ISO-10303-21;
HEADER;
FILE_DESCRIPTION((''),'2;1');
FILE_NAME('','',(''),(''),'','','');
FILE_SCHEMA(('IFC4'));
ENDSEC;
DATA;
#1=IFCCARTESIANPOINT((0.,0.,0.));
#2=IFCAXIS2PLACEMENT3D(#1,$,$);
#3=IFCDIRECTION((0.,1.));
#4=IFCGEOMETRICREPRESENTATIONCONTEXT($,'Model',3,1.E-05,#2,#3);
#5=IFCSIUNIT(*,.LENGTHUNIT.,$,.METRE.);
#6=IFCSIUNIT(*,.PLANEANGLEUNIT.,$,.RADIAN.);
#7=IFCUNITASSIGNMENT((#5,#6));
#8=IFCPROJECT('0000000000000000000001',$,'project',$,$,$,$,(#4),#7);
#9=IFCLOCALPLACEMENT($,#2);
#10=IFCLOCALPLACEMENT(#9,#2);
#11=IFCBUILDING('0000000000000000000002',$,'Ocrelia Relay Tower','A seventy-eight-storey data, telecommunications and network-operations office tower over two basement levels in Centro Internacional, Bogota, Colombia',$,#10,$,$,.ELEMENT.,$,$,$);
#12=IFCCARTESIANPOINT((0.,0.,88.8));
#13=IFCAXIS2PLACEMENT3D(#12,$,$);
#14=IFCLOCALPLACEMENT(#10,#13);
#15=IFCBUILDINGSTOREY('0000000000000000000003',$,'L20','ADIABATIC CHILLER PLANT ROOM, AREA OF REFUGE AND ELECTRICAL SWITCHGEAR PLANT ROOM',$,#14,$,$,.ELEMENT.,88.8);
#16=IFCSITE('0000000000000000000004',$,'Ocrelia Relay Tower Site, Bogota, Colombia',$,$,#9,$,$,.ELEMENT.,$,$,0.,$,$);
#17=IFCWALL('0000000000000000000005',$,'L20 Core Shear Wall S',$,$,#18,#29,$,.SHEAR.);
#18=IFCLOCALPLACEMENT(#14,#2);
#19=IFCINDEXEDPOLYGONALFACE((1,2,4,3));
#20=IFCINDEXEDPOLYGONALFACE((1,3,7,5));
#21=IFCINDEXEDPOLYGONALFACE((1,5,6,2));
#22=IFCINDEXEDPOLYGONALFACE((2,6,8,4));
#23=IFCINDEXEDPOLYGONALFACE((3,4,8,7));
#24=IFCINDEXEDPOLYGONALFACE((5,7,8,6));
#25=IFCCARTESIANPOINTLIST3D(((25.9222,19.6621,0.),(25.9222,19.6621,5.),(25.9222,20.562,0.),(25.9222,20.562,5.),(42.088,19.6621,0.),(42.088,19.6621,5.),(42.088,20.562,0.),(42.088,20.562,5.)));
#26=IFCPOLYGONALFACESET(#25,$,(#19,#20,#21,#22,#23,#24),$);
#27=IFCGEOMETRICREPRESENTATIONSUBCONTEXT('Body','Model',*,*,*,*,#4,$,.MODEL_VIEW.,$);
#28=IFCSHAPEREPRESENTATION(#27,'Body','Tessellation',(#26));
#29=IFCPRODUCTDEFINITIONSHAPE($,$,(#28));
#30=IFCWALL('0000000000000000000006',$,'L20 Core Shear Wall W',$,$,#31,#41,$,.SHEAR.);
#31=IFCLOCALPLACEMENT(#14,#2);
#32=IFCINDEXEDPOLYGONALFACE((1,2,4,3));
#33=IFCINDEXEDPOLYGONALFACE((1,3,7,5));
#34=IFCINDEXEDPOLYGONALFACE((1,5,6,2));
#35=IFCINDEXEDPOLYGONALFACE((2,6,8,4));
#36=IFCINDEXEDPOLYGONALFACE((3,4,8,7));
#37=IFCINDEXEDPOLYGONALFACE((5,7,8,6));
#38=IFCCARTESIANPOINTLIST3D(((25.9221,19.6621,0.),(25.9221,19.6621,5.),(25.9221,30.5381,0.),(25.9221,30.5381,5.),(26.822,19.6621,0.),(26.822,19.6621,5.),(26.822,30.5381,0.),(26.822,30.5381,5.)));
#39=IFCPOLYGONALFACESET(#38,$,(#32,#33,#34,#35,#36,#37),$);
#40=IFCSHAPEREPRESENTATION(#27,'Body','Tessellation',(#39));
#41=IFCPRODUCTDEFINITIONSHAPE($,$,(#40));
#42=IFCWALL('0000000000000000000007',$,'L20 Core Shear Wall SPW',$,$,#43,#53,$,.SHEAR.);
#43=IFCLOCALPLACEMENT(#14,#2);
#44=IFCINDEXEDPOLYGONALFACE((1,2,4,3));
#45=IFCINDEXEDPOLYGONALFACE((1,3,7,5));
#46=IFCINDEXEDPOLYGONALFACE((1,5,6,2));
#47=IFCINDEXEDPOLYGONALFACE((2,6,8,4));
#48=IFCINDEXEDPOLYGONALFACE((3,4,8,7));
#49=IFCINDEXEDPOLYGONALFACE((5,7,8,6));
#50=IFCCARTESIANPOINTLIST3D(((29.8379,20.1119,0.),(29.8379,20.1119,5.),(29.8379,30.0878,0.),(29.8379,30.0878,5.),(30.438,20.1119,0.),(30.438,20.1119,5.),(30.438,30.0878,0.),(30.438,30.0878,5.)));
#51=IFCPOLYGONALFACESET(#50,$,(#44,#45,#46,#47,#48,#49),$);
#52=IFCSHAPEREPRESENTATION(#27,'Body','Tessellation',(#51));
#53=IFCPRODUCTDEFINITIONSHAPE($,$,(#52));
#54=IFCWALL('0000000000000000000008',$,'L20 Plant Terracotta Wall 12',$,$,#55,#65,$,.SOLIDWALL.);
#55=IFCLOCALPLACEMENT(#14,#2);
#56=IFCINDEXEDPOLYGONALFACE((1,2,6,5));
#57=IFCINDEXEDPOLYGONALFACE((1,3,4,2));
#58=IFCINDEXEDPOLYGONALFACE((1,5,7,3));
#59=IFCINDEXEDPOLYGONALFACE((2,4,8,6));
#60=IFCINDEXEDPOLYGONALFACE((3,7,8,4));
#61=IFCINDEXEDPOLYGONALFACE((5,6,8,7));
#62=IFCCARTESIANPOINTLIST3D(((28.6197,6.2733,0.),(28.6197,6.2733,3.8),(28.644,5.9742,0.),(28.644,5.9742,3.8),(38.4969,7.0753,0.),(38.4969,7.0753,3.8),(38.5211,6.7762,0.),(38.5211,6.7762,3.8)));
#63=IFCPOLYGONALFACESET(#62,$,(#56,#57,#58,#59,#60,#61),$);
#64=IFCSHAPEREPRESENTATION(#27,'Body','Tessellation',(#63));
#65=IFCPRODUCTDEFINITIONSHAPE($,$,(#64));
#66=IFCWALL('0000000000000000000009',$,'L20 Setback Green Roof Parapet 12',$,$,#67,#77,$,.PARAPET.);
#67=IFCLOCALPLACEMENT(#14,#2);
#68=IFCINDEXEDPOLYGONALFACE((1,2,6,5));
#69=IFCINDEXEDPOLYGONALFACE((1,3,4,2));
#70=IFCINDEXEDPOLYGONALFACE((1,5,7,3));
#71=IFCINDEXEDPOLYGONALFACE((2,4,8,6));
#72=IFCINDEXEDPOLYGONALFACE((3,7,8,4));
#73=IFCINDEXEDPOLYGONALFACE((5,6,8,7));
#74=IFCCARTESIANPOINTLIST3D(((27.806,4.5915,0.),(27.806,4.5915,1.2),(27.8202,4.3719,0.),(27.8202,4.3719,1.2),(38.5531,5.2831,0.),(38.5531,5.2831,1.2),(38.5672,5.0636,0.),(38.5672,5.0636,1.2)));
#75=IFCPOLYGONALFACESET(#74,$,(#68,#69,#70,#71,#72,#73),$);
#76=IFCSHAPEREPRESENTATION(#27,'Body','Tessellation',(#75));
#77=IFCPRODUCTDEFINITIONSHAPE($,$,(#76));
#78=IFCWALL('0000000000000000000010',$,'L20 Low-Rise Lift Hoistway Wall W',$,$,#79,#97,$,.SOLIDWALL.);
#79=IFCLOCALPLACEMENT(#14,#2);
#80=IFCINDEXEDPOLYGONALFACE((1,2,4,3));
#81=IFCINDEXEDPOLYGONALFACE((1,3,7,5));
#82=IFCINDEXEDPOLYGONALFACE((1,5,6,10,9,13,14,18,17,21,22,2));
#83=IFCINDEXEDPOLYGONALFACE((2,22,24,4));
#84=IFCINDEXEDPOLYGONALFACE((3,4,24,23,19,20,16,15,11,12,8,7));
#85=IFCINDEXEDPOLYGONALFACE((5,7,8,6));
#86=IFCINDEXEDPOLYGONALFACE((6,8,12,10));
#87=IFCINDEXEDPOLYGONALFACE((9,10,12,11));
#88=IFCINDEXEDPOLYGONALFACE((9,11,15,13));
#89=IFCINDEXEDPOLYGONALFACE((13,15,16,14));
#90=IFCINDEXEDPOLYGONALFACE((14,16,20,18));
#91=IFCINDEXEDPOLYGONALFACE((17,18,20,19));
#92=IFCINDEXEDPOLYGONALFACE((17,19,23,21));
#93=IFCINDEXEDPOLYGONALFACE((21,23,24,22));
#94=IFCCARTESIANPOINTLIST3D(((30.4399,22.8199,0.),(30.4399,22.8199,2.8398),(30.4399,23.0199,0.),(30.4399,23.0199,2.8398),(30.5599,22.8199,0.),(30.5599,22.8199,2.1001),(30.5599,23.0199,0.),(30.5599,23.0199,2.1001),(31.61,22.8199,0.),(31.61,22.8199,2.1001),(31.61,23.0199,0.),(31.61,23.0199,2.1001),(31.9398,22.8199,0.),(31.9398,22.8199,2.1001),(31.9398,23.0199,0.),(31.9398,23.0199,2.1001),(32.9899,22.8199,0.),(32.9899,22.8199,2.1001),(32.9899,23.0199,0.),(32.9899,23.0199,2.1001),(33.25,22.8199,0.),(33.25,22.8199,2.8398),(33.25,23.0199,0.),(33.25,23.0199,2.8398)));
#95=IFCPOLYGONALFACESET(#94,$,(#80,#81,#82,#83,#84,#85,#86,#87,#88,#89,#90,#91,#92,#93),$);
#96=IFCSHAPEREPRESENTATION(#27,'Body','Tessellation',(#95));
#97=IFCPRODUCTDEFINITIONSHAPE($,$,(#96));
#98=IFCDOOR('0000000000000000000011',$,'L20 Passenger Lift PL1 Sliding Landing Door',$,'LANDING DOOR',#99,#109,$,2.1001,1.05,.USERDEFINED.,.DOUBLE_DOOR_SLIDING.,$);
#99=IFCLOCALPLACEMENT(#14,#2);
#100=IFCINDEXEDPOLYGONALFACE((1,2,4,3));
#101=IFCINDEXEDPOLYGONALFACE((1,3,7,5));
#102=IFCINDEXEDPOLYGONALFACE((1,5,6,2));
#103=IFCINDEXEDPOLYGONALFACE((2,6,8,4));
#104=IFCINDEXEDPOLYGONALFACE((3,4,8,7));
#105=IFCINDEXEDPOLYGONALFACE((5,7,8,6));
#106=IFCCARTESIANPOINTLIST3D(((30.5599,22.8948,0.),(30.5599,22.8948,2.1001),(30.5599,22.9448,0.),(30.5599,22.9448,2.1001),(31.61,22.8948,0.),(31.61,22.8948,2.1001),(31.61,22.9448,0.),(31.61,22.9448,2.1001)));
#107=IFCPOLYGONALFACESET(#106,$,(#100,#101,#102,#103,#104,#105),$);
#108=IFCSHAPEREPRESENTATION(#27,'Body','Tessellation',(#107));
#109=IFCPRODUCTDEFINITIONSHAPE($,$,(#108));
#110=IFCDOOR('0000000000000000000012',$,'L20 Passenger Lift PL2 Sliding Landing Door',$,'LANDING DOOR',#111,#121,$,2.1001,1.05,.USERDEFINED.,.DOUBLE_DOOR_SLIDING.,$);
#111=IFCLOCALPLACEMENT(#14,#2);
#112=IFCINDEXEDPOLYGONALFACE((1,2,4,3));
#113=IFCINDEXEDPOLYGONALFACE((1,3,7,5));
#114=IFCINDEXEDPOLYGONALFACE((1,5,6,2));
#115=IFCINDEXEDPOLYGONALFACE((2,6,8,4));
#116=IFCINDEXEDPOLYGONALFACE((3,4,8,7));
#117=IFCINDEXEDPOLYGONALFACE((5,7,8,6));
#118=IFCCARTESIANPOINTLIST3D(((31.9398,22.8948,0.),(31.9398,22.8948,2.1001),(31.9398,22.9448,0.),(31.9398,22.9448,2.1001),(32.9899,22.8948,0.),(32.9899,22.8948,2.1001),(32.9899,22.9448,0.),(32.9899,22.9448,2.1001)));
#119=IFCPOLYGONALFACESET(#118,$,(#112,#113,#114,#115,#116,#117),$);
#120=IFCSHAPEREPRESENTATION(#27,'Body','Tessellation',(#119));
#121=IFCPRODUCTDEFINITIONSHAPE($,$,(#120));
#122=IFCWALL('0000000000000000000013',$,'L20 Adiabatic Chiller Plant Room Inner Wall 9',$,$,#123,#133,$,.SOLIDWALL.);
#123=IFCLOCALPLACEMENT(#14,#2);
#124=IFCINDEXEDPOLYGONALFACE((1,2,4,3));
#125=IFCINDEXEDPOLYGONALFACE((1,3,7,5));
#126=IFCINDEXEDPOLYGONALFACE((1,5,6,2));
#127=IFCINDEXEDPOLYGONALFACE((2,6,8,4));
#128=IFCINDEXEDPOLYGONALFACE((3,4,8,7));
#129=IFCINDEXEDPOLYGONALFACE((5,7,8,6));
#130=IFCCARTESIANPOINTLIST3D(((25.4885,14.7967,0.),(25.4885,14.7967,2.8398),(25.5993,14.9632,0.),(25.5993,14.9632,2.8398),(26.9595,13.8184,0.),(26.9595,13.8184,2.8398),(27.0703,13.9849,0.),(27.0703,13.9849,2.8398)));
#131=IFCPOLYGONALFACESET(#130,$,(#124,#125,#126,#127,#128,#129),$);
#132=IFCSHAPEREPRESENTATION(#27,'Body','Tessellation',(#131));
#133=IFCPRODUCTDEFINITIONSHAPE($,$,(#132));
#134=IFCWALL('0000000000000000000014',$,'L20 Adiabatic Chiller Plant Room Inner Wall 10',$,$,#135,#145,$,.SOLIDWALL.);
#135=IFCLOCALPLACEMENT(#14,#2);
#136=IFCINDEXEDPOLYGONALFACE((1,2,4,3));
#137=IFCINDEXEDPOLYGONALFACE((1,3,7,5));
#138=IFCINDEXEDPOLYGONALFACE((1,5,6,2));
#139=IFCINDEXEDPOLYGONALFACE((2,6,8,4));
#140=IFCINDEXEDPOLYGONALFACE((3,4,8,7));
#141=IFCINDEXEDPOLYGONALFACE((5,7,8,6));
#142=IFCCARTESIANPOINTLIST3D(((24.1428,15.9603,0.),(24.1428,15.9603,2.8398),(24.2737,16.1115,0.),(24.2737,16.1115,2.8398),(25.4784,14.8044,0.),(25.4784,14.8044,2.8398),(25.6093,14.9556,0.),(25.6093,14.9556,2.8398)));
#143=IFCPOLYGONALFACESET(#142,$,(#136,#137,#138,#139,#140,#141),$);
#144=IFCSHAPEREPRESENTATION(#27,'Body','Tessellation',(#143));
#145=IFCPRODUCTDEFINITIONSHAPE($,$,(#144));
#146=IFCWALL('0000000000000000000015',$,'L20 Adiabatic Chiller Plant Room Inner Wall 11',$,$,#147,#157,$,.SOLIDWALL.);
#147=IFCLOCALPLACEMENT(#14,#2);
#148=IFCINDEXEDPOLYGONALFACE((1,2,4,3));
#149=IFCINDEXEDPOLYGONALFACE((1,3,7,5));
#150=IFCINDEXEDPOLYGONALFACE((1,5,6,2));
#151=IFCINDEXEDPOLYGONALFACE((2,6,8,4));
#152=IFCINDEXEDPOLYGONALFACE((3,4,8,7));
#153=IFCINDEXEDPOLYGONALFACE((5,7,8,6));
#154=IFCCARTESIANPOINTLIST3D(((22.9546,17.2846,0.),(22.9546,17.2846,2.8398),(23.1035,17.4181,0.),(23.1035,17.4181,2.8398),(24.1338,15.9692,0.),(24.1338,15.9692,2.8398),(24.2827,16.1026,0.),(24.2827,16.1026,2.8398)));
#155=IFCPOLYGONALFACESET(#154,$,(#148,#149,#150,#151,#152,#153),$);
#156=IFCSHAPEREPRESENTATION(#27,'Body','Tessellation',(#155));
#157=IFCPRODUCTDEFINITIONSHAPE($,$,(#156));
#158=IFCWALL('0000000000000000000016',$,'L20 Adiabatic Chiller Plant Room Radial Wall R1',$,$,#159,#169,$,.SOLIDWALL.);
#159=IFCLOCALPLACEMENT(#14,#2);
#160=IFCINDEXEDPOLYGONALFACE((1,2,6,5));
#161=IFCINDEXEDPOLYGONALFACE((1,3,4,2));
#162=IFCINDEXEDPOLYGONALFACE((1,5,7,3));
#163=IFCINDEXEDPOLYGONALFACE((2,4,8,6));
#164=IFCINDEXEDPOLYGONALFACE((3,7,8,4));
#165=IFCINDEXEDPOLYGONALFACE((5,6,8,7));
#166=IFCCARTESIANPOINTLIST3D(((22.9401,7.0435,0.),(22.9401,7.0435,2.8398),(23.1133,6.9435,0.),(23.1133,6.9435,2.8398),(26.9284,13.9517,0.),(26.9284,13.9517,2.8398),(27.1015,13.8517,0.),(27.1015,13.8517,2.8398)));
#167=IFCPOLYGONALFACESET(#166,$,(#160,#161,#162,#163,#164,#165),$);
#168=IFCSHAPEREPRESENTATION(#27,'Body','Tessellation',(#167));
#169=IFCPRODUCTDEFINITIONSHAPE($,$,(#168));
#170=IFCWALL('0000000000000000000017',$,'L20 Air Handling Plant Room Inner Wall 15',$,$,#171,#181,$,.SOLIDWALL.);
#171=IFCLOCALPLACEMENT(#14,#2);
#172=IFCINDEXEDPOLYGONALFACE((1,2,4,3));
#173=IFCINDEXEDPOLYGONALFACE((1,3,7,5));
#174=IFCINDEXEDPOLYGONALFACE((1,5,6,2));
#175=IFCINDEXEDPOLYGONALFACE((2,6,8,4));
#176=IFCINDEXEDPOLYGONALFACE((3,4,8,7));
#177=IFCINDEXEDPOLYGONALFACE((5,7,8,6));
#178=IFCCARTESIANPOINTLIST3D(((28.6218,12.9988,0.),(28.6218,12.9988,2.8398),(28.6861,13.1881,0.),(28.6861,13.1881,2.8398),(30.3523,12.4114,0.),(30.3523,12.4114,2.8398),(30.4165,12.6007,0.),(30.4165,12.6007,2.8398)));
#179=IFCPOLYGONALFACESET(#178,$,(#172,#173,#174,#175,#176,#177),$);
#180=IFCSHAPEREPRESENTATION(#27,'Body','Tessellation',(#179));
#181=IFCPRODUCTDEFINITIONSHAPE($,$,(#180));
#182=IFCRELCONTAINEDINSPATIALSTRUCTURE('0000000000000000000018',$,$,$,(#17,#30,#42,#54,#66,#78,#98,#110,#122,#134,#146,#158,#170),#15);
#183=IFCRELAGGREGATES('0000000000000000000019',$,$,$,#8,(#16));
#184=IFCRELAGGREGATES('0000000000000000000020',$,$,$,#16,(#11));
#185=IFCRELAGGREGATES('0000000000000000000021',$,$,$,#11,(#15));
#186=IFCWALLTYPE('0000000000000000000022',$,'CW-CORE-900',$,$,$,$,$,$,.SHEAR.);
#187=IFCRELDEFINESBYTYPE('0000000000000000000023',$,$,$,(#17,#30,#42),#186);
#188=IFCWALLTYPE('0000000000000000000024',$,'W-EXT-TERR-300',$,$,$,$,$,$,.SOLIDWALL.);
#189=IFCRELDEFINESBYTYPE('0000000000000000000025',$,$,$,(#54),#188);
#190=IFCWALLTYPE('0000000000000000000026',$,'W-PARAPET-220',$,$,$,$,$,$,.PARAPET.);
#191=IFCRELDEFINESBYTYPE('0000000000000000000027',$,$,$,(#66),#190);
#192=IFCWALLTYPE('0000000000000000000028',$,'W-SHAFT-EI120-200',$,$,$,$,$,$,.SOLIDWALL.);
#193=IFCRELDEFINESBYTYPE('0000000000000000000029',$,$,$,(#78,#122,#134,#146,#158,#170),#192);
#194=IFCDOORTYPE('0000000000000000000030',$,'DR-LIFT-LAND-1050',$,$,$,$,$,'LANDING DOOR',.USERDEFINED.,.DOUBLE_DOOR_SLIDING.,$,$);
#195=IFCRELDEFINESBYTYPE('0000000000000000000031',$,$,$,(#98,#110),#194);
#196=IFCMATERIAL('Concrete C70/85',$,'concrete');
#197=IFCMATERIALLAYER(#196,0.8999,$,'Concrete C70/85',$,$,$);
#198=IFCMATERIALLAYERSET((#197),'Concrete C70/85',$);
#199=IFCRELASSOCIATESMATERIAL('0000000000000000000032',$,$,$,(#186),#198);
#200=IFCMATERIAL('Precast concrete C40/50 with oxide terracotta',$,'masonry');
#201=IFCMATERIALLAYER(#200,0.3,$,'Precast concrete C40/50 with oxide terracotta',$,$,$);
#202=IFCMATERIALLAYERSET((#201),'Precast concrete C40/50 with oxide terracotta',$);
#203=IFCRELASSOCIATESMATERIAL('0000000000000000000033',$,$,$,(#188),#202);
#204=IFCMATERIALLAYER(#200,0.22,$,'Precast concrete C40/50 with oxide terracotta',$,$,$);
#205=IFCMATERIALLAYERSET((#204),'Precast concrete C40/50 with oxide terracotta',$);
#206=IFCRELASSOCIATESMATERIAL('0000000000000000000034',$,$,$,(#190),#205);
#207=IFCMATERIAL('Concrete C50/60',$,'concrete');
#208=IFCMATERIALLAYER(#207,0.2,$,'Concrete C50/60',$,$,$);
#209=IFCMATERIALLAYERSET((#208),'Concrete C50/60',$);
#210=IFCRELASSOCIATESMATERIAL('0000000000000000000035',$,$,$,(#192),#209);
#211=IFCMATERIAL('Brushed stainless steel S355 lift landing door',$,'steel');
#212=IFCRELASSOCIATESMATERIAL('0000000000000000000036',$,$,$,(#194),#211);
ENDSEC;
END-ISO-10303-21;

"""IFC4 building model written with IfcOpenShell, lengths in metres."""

from ifc_helpers import new_model, si_unit, direction, frame, frame_2d, origin, place, context, subcontext, project, spatial, rectangle, extrude, material, layer, layer_set, type_object, element, fill, save


model = new_model("IFC4")

# Units and contexts
model_context = context("Model", 3, precision=1e-05, world=origin(), true_north=direction((0.0, 1.0)))
body_context = subcontext(model_context, "Body", "Model", "MODEL_VIEW")
ifc_project = project(units=[si_unit("LENGTHUNIT", "METRE"), si_unit("PLANEANGLEUNIT", "RADIAN")], contexts=[model_context])

# Site, building, storey
site_placement = place(None, origin())
site = spatial("IfcSite", under=ifc_project, at=site_placement, Name="Ocrelia Relay Tower Site, Bogota, Colombia", CompositionType="ELEMENT", RefElevation=0.0)
building_placement = place(site_placement, origin())
building = spatial("IfcBuilding", under=site, at=building_placement, Name="Ocrelia Relay Tower", Description="A seventy-eight-storey data, telecommunications and network-operations office tower over two basement levels in Centro Internacional, Bogota, Colombia", CompositionType="ELEMENT")
storey_placement = place(building_placement, frame((0.0, 0.0, 88.8)))
storey = spatial("IfcBuildingStorey", under=building, at=storey_placement, Name="L20", Description="ADIABATIC CHILLER PLANT ROOM, AREA OF REFUGE AND ELECTRICAL SWITCHGEAR PLANT ROOM", CompositionType="ELEMENT", Elevation=88.8)

# Shared definitions
ifc_material_1 = material(Name="Concrete C70/85", Category="concrete")

# Walls
ifc_layer_1 = layer(ifc_material_1, 0.8999, Name="Concrete C70/85")
ifc_layer_set_1 = layer_set([ifc_layer_1], Name="Concrete C70/85")
wall_type_1 = type_object("IfcWallType", Name="CW-CORE-900", PredefinedType="SHEAR", material=ifc_layer_set_1)
wall_1_placement = place(storey_placement, frame((25.9221, 20.1121, 0.0), z_axis=(0.0, 0.0, 1.0), x_axis=(1.0, 0.0, 0.0)))
element("IfcWall", 1, at=wall_1_placement, inside=storey, type_object=wall_type_1, Name="L20 Core Shear Wall S", PredefinedType="SHEAR", context=body_context, shape_type="SweptSolid", body=[
    extrude(rectangle(XDim=16.1658, YDim=0.8999, at=frame_2d((8.083, 0.0))), origin(), (0.0, 0.0, 1.0), 5.0),
])
wall_2_placement = place(storey_placement, frame((26.3721, 19.6621, 0.0), z_axis=(0.0, 0.0, 1.0), x_axis=(0.0, 1.0, 0.0)))
element("IfcWall", 2, at=wall_2_placement, inside=storey, type_object=wall_type_1, Name="L20 Core Shear Wall W", PredefinedType="SHEAR", context=body_context, shape_type="SweptSolid", body=[
    extrude(rectangle(XDim=10.876, YDim=0.8999, at=frame_2d((5.438, 0.0))), origin(), (0.0, 0.0, 1.0), 5.0),
])
wall_3_placement = place(storey_placement, frame((30.1379, 20.1121, 0.0), z_axis=(0.0, 0.0, 1.0), x_axis=(0.0, 1.0, 0.0)))
element("IfcWall", 3, at=wall_3_placement, inside=storey, type_object=wall_type_1, Name="L20 Core Shear Wall SPW", PredefinedType="SHEAR", context=body_context, shape_type="SweptSolid", body=[
    extrude(rectangle(XDim=9.9758, YDim=0.6001, at=frame_2d((4.9878, 0.0))), origin(), (0.0, 0.0, 1.0), 5.0),
])
ifc_material_2 = material(Name="Precast concrete C40/50 with oxide terracotta", Category="masonry")
ifc_layer_2 = layer(ifc_material_2, 0.3, Name="Precast concrete C40/50 with oxide terracotta")
ifc_layer_set_2 = layer_set([ifc_layer_2], Name="Precast concrete C40/50 with oxide terracotta")
wall_type_2 = type_object("IfcWallType", Name="W-EXT-TERR-300", PredefinedType="SOLIDWALL", material=ifc_layer_set_2)
wall_4_placement = place(storey_placement, frame((28.6318, 6.1238, 0.0), z_axis=(0.0, 0.0, 1.0), x_axis=(0.99672, 0.080931, 0.0)))
element("IfcWall", 4, at=wall_4_placement, inside=storey, type_object=wall_type_2, Name="L20 Plant Terracotta Wall 12", PredefinedType="SOLIDWALL", context=body_context, shape_type="SweptSolid", body=[
    extrude(rectangle(XDim=9.9097, YDim=0.3, at=frame_2d((4.9548, 0.0))), origin(), (0.0, 0.0, 1.0), 3.8),
])
ifc_layer_3 = layer(ifc_material_2, 0.22, Name="Precast concrete C40/50 with oxide terracotta")
ifc_layer_set_3 = layer_set([ifc_layer_3], Name="Precast concrete C40/50 with oxide terracotta")
wall_type_3 = type_object("IfcWallType", Name="W-PARAPET-220", PredefinedType="PARAPET", material=ifc_layer_set_3)
wall_5_placement = place(storey_placement, frame((27.813, 4.4817, 0.0), z_axis=(0.0, 0.0, 1.0), x_axis=(0.997935, 0.064224, 0.0)))
element("IfcWall", 5, at=wall_5_placement, inside=storey, type_object=wall_type_3, Name="L20 Setback Green Roof Parapet 12", PredefinedType="PARAPET", context=body_context, shape_type="SweptSolid", body=[
    extrude(rectangle(XDim=10.7693, YDim=0.22, at=frame_2d((5.3848, 0.0))), origin(), (0.0, 0.0, 1.0), 1.2),
])

# Wall, openings, doors
ifc_material_3 = material(Name="Concrete C50/60", Category="concrete")
ifc_layer_4 = layer(ifc_material_3, 0.2, Name="Concrete C50/60")
ifc_layer_set_4 = layer_set([ifc_layer_4], Name="Concrete C50/60")
wall_type_4 = type_object("IfcWallType", Name="W-SHAFT-EI120-200", PredefinedType="SOLIDWALL", material=ifc_layer_set_4)
wall_6_placement = place(storey_placement, frame((30.4399, 22.9199, 0.0), z_axis=(0.0, 0.0, 1.0), x_axis=(1.0, 0.0, 0.0)))
wall_6 = element("IfcWall", 6, at=wall_6_placement, inside=storey, type_object=wall_type_4, Name="L20 Low-Rise Lift Hoistway Wall W", PredefinedType="SOLIDWALL", context=body_context, shape_type="SweptSolid", body=[
    extrude(rectangle(XDim=2.8101, YDim=0.2, at=frame_2d((1.405, 0.0))), origin(), (0.0, 0.0, 1.0), 2.8398),
])
opening_1_placement = place(wall_6_placement, frame((0.1201, 0.0, 0.0)))
opening_1 = element("IfcOpeningElement", 7, at=opening_1_placement, cuts=wall_6, PredefinedType="OPENING", context=body_context, shape_type="SweptSolid", body=[
    extrude(rectangle(XDim=1.05, YDim=2.1001, at=frame_2d((0.5249, 1.05))), frame((0.0, 0.1099, 0.0), z_axis=(0.0, -1.0, 0.0), x_axis=(1.0, 0.0, 0.0)), (0.0, 0.0, 1.0), 0.22),
])
opening_2_placement = place(wall_6_placement, frame((1.5, 0.0, 0.0)))
opening_2 = element("IfcOpeningElement", 8, at=opening_2_placement, cuts=wall_6, PredefinedType="OPENING", context=body_context, shape_type="SweptSolid", body=[
    extrude(rectangle(XDim=1.05, YDim=2.1001, at=frame_2d((0.5249, 1.05))), frame((0.0, 0.1099, 0.0), z_axis=(0.0, -1.0, 0.0), x_axis=(1.0, 0.0, 0.0)), (0.0, 0.0, 1.0), 0.22),
])
ifc_material_4 = material(Name="Brushed stainless steel S355 lift landing door", Category="steel")
door_type = type_object("IfcDoorType", Name="DR-LIFT-LAND-1050", ElementType="LANDING DOOR", OperationType="DOUBLE_DOOR_SLIDING", PredefinedType="USERDEFINED", material=ifc_material_4)
door_1_placement = place(opening_1_placement, origin())
door_1 = element("IfcDoor", 9, at=door_1_placement, inside=storey, type_object=door_type, Name="L20 Passenger Lift PL1 Sliding Landing Door", ObjectType="LANDING DOOR", OperationType="DOUBLE_DOOR_SLIDING", OverallHeight=2.1001, OverallWidth=1.05, PredefinedType="USERDEFINED", context=body_context, shape_type="SweptSolid", body=[
    extrude(rectangle(XDim=1.05, YDim=2.1001, at=frame_2d((0.5249, 1.05))), frame((0.0, 0.0249, 0.0), z_axis=(0.0, -1.0, 0.0), x_axis=(1.0, 0.0, 0.0)), (0.0, 0.0, 1.0), 0.05),
])
fill(opening_1, door_1)
door_2_placement = place(opening_2_placement, origin())
door_2 = element("IfcDoor", 10, at=door_2_placement, inside=storey, type_object=door_type, Name="L20 Passenger Lift PL2 Sliding Landing Door", ObjectType="LANDING DOOR", OperationType="DOUBLE_DOOR_SLIDING", OverallHeight=2.1001, OverallWidth=1.05, PredefinedType="USERDEFINED", context=body_context, shape_type="SweptSolid", body=[
    extrude(rectangle(XDim=1.05, YDim=2.1001, at=frame_2d((0.5249, 1.05))), frame((0.0, 0.0249, 0.0), z_axis=(0.0, -1.0, 0.0), x_axis=(1.0, 0.0, 0.0)), (0.0, 0.0, 1.0), 0.05),
])
fill(opening_2, door_2)

# Walls
wall_7_placement = place(storey_placement, frame((27.0149, 13.9016, 0.0), z_axis=(0.0, 0.0, 1.0), x_axis=(-0.832666, 0.553775, 0.0)))
element("IfcWall", 11, at=wall_7_placement, inside=storey, type_object=wall_type_4, Name="L20 Adiabatic Chiller Plant Room Inner Wall 9", PredefinedType="SOLIDWALL", context=body_context, shape_type="SweptSolid", body=[
    extrude(rectangle(XDim=1.7666, YDim=0.2, at=frame_2d((0.8833, 0.0))), origin(), (0.0, 0.0, 1.0), 2.8398),
])
wall_8_placement = place(storey_placement, frame((25.5439, 14.8799, 0.0), z_axis=(0.0, 0.0, 1.0), x_axis=(-0.756136, 0.654415, 0.0)))
element("IfcWall", 12, at=wall_8_placement, inside=storey, type_object=wall_type_4, Name="L20 Adiabatic Chiller Plant Room Inner Wall 10", PredefinedType="SOLIDWALL", context=body_context, shape_type="SweptSolid", body=[
    extrude(rectangle(XDim=1.7664, YDim=0.2, at=frame_2d((0.8833, 0.0))), origin(), (0.0, 0.0, 1.0), 2.8398),
])
wall_9_placement = place(storey_placement, frame((24.2083, 16.0359, 0.0), z_axis=(0.0, 0.0, 1.0), x_axis=(-0.667497, 0.744612, 0.0)))
element("IfcWall", 13, at=wall_9_placement, inside=storey, type_object=wall_type_4, Name="L20 Adiabatic Chiller Plant Room Inner Wall 11", PredefinedType="SOLIDWALL", context=body_context, shape_type="SweptSolid", body=[
    extrude(rectangle(XDim=1.7666, YDim=0.2, at=frame_2d((0.8833, 0.0))), origin(), (0.0, 0.0, 1.0), 2.8398),
])
wall_10_placement = place(storey_placement, frame((27.0149, 13.9016, 0.0), z_axis=(0.0, 0.0, 1.0), x_axis=(-0.499984, -0.866035, 0.0)))
element("IfcWall", 14, at=wall_10_placement, inside=storey, type_object=wall_type_4, Name="L20 Adiabatic Chiller Plant Room Radial Wall R1", PredefinedType="SOLIDWALL", context=body_context, shape_type="SweptSolid", body=[
    extrude(rectangle(XDim=7.9768, YDim=0.2, at=frame_2d((3.9883, 0.0))), origin(), (0.0, 0.0, 1.0), 2.8398),
])
for number, where, z_axis, x_axis, name in (
    (15, (30.3843, 12.5061, 0.0), (0.0, 0.0, 1.0), (-0.946932, 0.321433, 0.0), "L20 Air Handling Plant Room Inner Wall 15"),
):
    element("IfcWall", number, at=place(storey_placement, frame(where, z_axis=z_axis, x_axis=x_axis)), inside=storey, type_object=wall_type_4, Name=name, PredefinedType="SOLIDWALL", context=body_context, shape_type="SweptSolid", body=[
        extrude(rectangle(XDim=1.8274, YDim=0.2, at=frame_2d((0.9136, 0.0))), origin(), (0.0, 0.0, 1.0), 2.8398),
    ])

save(model, "model.ifc")
